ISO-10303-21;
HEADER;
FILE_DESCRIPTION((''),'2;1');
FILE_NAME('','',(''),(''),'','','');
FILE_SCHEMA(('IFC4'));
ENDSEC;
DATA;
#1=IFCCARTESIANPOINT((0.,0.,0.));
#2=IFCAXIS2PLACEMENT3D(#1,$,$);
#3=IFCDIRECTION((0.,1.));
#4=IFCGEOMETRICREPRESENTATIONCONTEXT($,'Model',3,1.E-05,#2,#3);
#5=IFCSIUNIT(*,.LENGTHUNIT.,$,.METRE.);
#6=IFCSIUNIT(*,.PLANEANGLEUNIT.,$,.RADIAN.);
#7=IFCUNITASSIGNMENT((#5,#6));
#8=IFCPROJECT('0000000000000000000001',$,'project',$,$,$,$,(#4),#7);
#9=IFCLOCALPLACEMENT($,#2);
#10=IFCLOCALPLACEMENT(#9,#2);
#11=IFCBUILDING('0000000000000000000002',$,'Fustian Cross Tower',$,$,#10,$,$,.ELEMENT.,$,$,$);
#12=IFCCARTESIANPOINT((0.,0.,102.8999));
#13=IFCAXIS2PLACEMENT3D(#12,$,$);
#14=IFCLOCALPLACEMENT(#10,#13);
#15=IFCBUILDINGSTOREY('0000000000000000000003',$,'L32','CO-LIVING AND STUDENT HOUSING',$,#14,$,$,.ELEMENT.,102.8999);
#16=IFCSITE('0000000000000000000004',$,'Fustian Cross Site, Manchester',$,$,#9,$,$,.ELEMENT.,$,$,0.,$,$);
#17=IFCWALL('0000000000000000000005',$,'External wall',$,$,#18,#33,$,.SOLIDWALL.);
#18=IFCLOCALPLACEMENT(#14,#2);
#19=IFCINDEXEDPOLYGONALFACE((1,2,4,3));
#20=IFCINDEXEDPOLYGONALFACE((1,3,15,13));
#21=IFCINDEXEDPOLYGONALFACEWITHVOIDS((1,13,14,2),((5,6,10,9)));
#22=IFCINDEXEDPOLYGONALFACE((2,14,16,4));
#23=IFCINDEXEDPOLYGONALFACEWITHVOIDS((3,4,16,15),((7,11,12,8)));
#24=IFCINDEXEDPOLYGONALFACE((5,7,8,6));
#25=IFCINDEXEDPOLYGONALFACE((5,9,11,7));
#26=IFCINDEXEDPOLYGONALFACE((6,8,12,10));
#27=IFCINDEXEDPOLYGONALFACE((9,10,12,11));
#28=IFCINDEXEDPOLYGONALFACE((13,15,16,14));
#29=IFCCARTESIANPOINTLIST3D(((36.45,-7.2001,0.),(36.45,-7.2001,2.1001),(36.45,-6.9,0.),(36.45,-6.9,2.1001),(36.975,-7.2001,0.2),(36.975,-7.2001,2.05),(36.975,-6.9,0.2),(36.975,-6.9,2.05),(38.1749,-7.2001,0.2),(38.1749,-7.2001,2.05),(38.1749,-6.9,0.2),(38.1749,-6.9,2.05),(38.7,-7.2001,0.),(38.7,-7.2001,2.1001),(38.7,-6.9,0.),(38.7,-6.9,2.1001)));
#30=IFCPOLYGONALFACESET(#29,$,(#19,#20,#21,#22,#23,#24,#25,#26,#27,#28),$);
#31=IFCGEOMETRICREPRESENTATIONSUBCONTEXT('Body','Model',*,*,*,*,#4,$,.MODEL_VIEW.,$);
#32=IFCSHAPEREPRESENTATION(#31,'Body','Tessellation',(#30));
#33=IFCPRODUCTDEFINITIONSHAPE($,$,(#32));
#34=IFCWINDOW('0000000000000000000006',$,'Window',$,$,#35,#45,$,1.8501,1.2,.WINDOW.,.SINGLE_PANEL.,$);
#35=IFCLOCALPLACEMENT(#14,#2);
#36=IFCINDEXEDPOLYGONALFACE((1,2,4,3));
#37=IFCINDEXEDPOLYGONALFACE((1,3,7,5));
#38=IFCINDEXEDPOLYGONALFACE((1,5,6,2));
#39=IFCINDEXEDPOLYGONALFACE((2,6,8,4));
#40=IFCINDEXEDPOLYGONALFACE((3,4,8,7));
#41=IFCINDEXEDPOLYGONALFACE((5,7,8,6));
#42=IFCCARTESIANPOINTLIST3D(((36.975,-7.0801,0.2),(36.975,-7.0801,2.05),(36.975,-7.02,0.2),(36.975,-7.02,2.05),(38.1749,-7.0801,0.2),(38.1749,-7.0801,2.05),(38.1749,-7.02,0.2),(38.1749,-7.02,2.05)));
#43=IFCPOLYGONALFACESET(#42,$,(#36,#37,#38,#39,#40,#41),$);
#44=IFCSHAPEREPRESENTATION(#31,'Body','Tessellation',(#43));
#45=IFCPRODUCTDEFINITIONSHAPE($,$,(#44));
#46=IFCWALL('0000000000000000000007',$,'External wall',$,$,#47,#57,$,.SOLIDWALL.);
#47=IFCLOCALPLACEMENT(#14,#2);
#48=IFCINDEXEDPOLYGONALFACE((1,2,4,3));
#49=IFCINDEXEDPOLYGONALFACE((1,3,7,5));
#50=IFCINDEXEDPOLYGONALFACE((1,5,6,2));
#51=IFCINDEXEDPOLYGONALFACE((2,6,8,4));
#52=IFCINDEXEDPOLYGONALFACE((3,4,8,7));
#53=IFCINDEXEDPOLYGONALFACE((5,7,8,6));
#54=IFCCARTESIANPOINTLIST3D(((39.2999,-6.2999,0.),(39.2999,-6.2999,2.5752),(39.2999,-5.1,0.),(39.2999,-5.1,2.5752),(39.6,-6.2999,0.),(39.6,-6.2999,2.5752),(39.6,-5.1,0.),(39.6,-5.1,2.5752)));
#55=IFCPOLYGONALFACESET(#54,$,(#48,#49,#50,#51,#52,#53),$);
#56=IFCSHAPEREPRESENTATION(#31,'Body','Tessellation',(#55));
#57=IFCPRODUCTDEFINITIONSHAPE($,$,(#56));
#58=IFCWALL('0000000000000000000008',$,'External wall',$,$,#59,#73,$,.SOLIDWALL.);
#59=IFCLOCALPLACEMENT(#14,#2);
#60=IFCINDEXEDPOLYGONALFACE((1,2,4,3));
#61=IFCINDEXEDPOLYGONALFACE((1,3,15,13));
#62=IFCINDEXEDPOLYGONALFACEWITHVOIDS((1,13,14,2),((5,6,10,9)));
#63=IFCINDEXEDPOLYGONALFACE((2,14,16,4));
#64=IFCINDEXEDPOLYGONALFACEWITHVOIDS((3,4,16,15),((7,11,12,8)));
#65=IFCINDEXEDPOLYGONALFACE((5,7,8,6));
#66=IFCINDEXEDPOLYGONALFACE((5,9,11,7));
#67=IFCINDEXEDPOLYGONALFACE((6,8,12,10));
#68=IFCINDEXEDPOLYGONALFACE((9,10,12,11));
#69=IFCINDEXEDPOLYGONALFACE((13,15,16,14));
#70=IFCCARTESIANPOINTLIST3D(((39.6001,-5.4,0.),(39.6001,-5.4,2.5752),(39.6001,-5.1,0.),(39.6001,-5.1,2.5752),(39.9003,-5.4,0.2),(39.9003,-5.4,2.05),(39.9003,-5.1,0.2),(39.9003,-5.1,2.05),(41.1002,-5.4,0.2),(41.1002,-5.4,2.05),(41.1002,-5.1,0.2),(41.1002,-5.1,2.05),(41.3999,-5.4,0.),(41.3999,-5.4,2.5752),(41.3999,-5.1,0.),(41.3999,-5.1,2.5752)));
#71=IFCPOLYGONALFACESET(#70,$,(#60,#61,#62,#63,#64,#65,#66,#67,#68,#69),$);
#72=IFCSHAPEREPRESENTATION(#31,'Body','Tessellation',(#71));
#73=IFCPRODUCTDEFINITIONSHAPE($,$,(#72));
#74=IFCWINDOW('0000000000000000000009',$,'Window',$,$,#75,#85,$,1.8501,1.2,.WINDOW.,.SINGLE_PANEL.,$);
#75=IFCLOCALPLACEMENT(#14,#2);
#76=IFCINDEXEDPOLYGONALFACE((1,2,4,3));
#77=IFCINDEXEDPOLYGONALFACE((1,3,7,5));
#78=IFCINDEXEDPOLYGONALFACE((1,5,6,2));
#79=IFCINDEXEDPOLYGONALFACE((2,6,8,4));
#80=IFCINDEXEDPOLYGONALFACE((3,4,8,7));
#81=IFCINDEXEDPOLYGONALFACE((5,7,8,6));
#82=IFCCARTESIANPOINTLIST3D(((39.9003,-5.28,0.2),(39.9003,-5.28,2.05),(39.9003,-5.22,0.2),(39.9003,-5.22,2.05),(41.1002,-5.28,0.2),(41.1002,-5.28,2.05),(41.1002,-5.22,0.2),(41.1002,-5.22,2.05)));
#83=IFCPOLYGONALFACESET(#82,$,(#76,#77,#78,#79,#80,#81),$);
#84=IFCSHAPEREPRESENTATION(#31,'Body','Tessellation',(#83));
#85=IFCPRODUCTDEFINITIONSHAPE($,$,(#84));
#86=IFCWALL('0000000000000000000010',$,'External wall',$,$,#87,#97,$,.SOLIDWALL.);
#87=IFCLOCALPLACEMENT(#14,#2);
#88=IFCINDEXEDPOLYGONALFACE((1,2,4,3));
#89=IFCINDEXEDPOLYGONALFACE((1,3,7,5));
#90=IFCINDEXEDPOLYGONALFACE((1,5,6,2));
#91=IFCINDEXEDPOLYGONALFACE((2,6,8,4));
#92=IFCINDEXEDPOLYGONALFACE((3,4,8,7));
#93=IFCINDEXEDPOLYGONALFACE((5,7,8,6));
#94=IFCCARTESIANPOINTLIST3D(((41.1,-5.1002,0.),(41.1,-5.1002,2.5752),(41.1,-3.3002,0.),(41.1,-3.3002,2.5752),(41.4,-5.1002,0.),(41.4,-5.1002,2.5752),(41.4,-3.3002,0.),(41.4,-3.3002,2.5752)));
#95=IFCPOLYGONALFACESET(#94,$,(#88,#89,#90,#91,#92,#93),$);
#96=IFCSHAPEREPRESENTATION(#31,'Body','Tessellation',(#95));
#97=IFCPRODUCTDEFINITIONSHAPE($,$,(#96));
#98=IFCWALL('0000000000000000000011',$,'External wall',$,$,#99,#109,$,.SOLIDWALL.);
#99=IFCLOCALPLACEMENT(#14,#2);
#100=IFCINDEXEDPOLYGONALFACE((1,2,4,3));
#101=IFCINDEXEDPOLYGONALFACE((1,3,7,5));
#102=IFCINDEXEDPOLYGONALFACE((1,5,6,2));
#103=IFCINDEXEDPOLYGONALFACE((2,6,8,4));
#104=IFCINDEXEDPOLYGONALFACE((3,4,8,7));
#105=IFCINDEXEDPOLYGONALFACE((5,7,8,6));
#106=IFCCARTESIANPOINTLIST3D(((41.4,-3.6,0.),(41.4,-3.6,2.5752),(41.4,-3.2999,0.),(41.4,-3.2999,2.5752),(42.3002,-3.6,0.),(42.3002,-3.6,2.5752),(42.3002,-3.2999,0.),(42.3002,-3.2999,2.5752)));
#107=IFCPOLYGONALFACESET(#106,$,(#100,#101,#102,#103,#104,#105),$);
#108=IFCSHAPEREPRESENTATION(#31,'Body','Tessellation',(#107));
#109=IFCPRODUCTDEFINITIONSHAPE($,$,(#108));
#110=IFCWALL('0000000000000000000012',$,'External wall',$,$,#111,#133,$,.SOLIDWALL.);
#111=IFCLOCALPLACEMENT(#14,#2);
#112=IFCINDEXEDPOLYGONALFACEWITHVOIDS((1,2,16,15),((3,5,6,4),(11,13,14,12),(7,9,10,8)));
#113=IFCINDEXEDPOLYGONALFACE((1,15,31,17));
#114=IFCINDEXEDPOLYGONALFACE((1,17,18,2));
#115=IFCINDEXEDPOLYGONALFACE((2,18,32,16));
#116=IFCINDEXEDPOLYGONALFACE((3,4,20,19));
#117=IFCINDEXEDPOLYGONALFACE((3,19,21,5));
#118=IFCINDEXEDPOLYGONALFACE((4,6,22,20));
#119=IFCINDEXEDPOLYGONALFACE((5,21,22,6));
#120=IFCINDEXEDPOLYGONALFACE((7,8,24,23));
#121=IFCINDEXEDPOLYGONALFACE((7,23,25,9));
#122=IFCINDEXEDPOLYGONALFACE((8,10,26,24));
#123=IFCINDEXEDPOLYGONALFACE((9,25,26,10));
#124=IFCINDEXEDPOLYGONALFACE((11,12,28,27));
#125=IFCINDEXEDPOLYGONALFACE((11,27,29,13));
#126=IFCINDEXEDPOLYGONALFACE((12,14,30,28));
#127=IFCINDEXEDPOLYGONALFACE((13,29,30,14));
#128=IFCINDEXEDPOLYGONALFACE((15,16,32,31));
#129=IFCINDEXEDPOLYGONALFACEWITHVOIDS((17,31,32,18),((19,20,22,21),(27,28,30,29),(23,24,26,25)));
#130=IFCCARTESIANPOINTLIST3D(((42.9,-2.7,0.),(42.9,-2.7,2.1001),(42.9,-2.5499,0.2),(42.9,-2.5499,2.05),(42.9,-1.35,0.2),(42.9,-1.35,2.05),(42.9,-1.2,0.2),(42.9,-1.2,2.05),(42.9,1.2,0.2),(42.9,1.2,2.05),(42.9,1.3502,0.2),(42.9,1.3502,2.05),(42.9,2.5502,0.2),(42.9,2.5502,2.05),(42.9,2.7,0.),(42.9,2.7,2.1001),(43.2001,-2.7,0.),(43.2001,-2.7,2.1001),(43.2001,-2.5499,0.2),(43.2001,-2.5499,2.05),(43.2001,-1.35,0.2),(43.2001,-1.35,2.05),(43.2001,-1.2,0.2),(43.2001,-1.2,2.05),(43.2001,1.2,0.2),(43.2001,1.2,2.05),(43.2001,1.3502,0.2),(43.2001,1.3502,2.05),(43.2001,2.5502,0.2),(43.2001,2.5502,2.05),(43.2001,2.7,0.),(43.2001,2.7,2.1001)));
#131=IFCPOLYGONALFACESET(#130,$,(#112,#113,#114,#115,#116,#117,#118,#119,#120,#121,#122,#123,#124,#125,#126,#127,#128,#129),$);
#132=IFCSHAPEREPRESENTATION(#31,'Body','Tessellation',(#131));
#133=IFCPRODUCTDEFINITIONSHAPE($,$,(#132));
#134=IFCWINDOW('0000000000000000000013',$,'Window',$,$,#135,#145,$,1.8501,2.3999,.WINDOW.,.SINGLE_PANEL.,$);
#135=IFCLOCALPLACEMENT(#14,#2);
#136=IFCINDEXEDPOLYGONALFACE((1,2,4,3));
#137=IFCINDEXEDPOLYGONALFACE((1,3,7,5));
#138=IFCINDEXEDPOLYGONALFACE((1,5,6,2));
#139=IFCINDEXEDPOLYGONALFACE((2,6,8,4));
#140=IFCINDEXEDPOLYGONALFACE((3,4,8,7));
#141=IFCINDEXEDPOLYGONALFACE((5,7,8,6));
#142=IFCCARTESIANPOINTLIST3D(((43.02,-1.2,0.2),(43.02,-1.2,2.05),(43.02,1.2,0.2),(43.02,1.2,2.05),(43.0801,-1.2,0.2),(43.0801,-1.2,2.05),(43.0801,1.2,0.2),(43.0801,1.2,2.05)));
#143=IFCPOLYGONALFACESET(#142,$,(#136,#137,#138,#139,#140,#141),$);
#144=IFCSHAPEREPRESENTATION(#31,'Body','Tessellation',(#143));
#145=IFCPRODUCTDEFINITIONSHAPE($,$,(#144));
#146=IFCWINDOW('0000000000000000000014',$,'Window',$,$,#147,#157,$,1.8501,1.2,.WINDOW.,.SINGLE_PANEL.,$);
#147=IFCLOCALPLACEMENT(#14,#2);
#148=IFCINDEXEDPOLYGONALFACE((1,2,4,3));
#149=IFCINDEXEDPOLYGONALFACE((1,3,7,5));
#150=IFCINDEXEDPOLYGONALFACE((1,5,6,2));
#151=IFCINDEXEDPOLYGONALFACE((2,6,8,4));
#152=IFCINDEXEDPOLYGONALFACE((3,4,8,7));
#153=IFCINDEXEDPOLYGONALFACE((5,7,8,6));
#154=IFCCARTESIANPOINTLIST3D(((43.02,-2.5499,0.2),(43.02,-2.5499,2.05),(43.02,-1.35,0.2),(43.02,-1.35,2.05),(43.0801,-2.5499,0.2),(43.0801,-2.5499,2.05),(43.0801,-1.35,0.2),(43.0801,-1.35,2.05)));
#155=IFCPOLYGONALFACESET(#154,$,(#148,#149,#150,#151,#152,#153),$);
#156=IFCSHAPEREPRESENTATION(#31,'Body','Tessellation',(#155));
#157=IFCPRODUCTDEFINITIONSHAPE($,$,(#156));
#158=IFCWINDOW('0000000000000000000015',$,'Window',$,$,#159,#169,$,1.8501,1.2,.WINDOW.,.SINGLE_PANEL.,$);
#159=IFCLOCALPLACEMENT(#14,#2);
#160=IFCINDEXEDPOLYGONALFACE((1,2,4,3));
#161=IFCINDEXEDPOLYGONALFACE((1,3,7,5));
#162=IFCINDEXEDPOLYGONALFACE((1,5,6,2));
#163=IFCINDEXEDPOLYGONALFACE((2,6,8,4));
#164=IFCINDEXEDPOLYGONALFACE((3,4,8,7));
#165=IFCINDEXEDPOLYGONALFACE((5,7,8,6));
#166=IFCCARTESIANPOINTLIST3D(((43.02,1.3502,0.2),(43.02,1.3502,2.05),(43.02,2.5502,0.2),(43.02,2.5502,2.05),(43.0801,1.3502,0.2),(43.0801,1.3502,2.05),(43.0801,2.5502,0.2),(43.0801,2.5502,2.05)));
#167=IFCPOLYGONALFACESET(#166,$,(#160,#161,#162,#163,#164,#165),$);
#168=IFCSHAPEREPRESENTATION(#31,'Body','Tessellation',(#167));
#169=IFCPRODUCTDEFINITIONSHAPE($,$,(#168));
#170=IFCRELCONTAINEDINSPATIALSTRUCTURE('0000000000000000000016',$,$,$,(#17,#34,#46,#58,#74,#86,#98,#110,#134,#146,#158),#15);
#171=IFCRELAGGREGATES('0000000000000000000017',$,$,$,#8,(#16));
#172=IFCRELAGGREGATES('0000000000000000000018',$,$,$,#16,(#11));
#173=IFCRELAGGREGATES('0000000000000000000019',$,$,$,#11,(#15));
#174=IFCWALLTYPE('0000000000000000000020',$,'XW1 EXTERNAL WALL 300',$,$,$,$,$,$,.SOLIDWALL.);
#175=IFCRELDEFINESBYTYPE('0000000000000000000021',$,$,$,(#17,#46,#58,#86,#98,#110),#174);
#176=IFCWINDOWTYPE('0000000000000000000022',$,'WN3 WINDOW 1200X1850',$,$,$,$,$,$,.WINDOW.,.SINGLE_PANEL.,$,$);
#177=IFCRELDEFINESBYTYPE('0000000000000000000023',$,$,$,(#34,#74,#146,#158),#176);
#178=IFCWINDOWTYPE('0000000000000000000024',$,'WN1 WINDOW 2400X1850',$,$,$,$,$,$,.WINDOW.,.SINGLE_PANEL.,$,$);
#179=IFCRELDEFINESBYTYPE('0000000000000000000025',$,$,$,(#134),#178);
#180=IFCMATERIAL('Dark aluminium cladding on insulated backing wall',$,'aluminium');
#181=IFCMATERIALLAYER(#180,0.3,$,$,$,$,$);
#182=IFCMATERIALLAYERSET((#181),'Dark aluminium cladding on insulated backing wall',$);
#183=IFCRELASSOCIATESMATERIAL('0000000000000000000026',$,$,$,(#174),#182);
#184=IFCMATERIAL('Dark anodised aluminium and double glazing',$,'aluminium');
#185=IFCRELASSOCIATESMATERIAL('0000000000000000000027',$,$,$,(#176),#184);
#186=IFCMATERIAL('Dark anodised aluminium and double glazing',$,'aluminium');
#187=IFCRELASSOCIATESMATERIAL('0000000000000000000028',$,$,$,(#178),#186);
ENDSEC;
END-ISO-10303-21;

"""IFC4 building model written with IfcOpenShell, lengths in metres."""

from ifc_helpers import new_model, si_unit, direction, frame, frame_2d, origin, place, context, subcontext, project, spatial, rectangle, extrude, material, layer, layer_set, type_object, element, fill, save


model = new_model("IFC4")

# Units and contexts
model_context = context("Model", 3, precision=1e-05, world=origin(), true_north=direction((0.0, 1.0)))
body_context = subcontext(model_context, "Body", "Model", "MODEL_VIEW")
ifc_project = project(units=[si_unit("LENGTHUNIT", "METRE"), si_unit("PLANEANGLEUNIT", "RADIAN")], contexts=[model_context])

# Site, building, storey
site_placement = place(None, origin())
site = spatial("IfcSite", under=ifc_project, at=site_placement, Name="Fustian Cross Site, Manchester", CompositionType="ELEMENT", RefElevation=0.0)
building_placement = place(site_placement, origin())
building = spatial("IfcBuilding", under=site, at=building_placement, Name="Fustian Cross Tower", CompositionType="ELEMENT")
storey_placement = place(building_placement, frame((0.0, 0.0, 102.8999)))
storey = spatial("IfcBuildingStorey", under=building, at=storey_placement, Name="L32", Description="CO-LIVING AND STUDENT HOUSING", CompositionType="ELEMENT", Elevation=102.8999)

# Wall, opening, window
ifc_material_1 = material(Name="Dark aluminium cladding on insulated backing wall", Category="aluminium")
ifc_layer = layer(ifc_material_1, 0.3)
ifc_layer_set = layer_set([ifc_layer], Name="Dark aluminium cladding on insulated backing wall")
wall_type = type_object("IfcWallType", Name="XW1 EXTERNAL WALL 300", PredefinedType="SOLIDWALL", material=ifc_layer_set)
wall_1_placement = place(storey_placement, frame((36.45, -7.05, 0.0), z_axis=(0.0, 0.0, 1.0), x_axis=(1.0, 0.0, 0.0)))
wall_1 = element("IfcWall", 1, at=wall_1_placement, inside=storey, type_object=wall_type, Name="External wall", PredefinedType="SOLIDWALL", context=body_context, shape_type="SweptSolid", body=[
    extrude(rectangle(XDim=2.25, YDim=0.3, at=frame_2d((1.125, 0.0))), origin(), (0.0, 0.0, 1.0), 2.1001),
])
opening_1_placement = place(wall_1_placement, frame((0.5249, 0.0, 0.2)))
opening_1 = element("IfcOpeningElement", 2, at=opening_1_placement, cuts=wall_1, PredefinedType="OPENING", context=body_context, shape_type="SweptSolid", body=[
    extrude(rectangle(XDim=1.2, YDim=1.8501, at=frame_2d((0.6001, 0.925))), frame((0.0, 0.1599, 0.0), z_axis=(0.0, -1.0, 0.0), x_axis=(1.0, 0.0, 0.0)), (0.0, 0.0, 1.0), 0.3201),
])
ifc_material_2 = material(Name="Dark anodised aluminium and double glazing", Category="aluminium")
window_type_1 = type_object("IfcWindowType", Name="WN3 WINDOW 1200X1850", PartitioningType="SINGLE_PANEL", PredefinedType="WINDOW", material=ifc_material_2)
window_1_placement = place(opening_1_placement, origin())
window_1 = element("IfcWindow", 3, at=window_1_placement, inside=storey, type_object=window_type_1, Name="Window", OverallHeight=1.8501, OverallWidth=1.2, PartitioningType="SINGLE_PANEL", PredefinedType="WINDOW", context=body_context, shape_type="SweptSolid", body=[
    extrude(rectangle(XDim=1.2, YDim=1.8501, at=frame_2d((0.6001, 0.925))), frame((0.0, 0.03, 0.0), z_axis=(0.0, -1.0, 0.0), x_axis=(1.0, 0.0, 0.0)), (0.0, 0.0, 1.0), 0.0601),
])
fill(opening_1, window_1)

# Wall
wall_2_placement = place(storey_placement, frame((39.45, -6.3, 0.0), z_axis=(0.0, 0.0, 1.0), x_axis=(0.0, 1.0, 0.0)))
element("IfcWall", 4, at=wall_2_placement, inside=storey, type_object=wall_type, Name="External wall", PredefinedType="SOLIDWALL", context=body_context, shape_type="SweptSolid", body=[
    extrude(rectangle(XDim=1.2, YDim=0.3, at=frame_2d((0.6001, 0.0))), origin(), (0.0, 0.0, 1.0), 2.5752),
])

# Wall, opening, window
wall_3_placement = place(storey_placement, frame((39.6001, -5.25, 0.0), z_axis=(0.0, 0.0, 1.0), x_axis=(1.0, 0.0, 0.0)))
wall_3 = element("IfcWall", 5, at=wall_3_placement, inside=storey, type_object=wall_type, Name="External wall", PredefinedType="SOLIDWALL", context=body_context, shape_type="SweptSolid", body=[
    extrude(rectangle(XDim=1.7998, YDim=0.3, at=frame_2d((0.8999, 0.0))), origin(), (0.0, 0.0, 1.0), 2.5752),
])
opening_2_placement = place(wall_3_placement, frame((0.3, 0.0, 0.2)))
opening_2 = element("IfcOpeningElement", 6, at=opening_2_placement, cuts=wall_3, PredefinedType="OPENING", context=body_context, shape_type="SweptSolid", body=[
    extrude(rectangle(XDim=1.2, YDim=1.8501, at=frame_2d((0.6001, 0.925))), frame((0.0, 0.1599, 0.0), z_axis=(0.0, -1.0, 0.0), x_axis=(1.0, 0.0, 0.0)), (0.0, 0.0, 1.0), 0.3201),
])
window_2_placement = place(opening_2_placement, origin())
window_2 = element("IfcWindow", 7, at=window_2_placement, inside=storey, type_object=window_type_1, Name="Window", OverallHeight=1.8501, OverallWidth=1.2, PartitioningType="SINGLE_PANEL", PredefinedType="WINDOW", context=body_context, shape_type="SweptSolid", body=[
    extrude(rectangle(XDim=1.2, YDim=1.8501, at=frame_2d((0.6001, 0.925))), frame((0.0, 0.03, 0.0), z_axis=(0.0, -1.0, 0.0), x_axis=(1.0, 0.0, 0.0)), (0.0, 0.0, 1.0), 0.0601),
])
fill(opening_2, window_2)

# Walls
wall_4_placement = place(storey_placement, frame((41.25, -5.1001, 0.0), z_axis=(0.0, 0.0, 1.0), x_axis=(0.0, 1.0, 0.0)))
element("IfcWall", 8, at=wall_4_placement, inside=storey, type_object=wall_type, Name="External wall", PredefinedType="SOLIDWALL", context=body_context, shape_type="SweptSolid", body=[
    extrude(rectangle(XDim=1.8, YDim=0.3, at=frame_2d((0.8999, 0.0))), origin(), (0.0, 0.0, 1.0), 2.5752),
])
wall_5_placement = place(storey_placement, frame((41.3999, -3.45, 0.0), z_axis=(0.0, 0.0, 1.0), x_axis=(1.0, 0.0, 0.0)))
element("IfcWall", 9, at=wall_5_placement, inside=storey, type_object=wall_type, Name="External wall", PredefinedType="SOLIDWALL", context=body_context, shape_type="SweptSolid", body=[
    extrude(rectangle(XDim=0.9001, YDim=0.3, at=frame_2d((0.4502, 0.0))), origin(), (0.0, 0.0, 1.0), 2.5752),
])

# Wall, openings, windows
wall_6_placement = place(storey_placement, frame((43.05, -2.7, 0.0), z_axis=(0.0, 0.0, 1.0), x_axis=(0.0, 1.0, 0.0)))
wall_6 = element("IfcWall", 10, at=wall_6_placement, inside=storey, type_object=wall_type, Name="External wall", PredefinedType="SOLIDWALL", context=body_context, shape_type="SweptSolid", body=[
    extrude(rectangle(XDim=5.3999, YDim=0.3, at=frame_2d((2.7, 0.0))), origin(), (0.0, 0.0, 1.0), 2.1001),
])
opening_3_placement = place(wall_6_placement, frame((1.5, 0.0, 0.2)))
opening_3 = element("IfcOpeningElement", 11, at=opening_3_placement, cuts=wall_6, PredefinedType="OPENING", context=body_context, shape_type="SweptSolid", body=[
    extrude(rectangle(XDim=2.3999, YDim=1.8501, at=frame_2d((1.2, 0.925))), frame((0.0, 0.1599, 0.0), z_axis=(0.0, -1.0, 0.0), x_axis=(1.0, 0.0, 0.0)), (0.0, 0.0, 1.0), 0.3201),
])
opening_4_placement = place(wall_6_placement, frame((0.1499, 0.0, 0.2)))
opening_4 = element("IfcOpeningElement", 12, at=opening_4_placement, cuts=wall_6, PredefinedType="OPENING", context=body_context, shape_type="SweptSolid", body=[
    extrude(rectangle(XDim=1.2, YDim=1.8501, at=frame_2d((0.6001, 0.925))), frame((0.0, 0.1599, 0.0), z_axis=(0.0, -1.0, 0.0), x_axis=(1.0, 0.0, 0.0)), (0.0, 0.0, 1.0), 0.3201),
])
opening_5_placement = place(wall_6_placement, frame((4.05, 0.0, 0.2)))
opening_5 = element("IfcOpeningElement", 13, at=opening_5_placement, cuts=wall_6, PredefinedType="OPENING", context=body_context, shape_type="SweptSolid", body=[
    extrude(rectangle(XDim=1.2, YDim=1.8501, at=frame_2d((0.6001, 0.925))), frame((0.0, 0.1599, 0.0), z_axis=(0.0, -1.0, 0.0), x_axis=(1.0, 0.0, 0.0)), (0.0, 0.0, 1.0), 0.3201),
])
ifc_material_3 = material(Name="Dark anodised aluminium and double glazing", Category="aluminium")
window_type_2 = type_object("IfcWindowType", Name="WN1 WINDOW 2400X1850", PartitioningType="SINGLE_PANEL", PredefinedType="WINDOW", material=ifc_material_3)
window_3_placement = place(opening_3_placement, origin())
window_3 = element("IfcWindow", 14, at=window_3_placement, inside=storey, type_object=window_type_2, Name="Window", OverallHeight=1.8501, OverallWidth=2.3999, PartitioningType="SINGLE_PANEL", PredefinedType="WINDOW", context=body_context, shape_type="SweptSolid", body=[
    extrude(rectangle(XDim=2.3999, YDim=1.8501, at=frame_2d((1.2, 0.925))), frame((0.0, 0.03, 0.0), z_axis=(0.0, -1.0, 0.0), x_axis=(1.0, 0.0, 0.0)), (0.0, 0.0, 1.0), 0.0601),
])
fill(opening_3, window_3)
window_4_placement = place(opening_4_placement, origin())
window_4 = element("IfcWindow", 15, at=window_4_placement, inside=storey, type_object=window_type_1, Name="Window", OverallHeight=1.8501, OverallWidth=1.2, PartitioningType="SINGLE_PANEL", PredefinedType="WINDOW", context=body_context, shape_type="SweptSolid", body=[
    extrude(rectangle(XDim=1.2, YDim=1.8501, at=frame_2d((0.6001, 0.925))), frame((0.0, 0.03, 0.0), z_axis=(0.0, -1.0, 0.0), x_axis=(1.0, 0.0, 0.0)), (0.0, 0.0, 1.0), 0.0601),
])
fill(opening_4, window_4)
window_5_placement = place(opening_5_placement, origin())
window_5 = element("IfcWindow", 16, at=window_5_placement, inside=storey, type_object=window_type_1, Name="Window", OverallHeight=1.8501, OverallWidth=1.2, PartitioningType="SINGLE_PANEL", PredefinedType="WINDOW", context=body_context, shape_type="SweptSolid", body=[
    extrude(rectangle(XDim=1.2, YDim=1.8501, at=frame_2d((0.6001, 0.925))), frame((0.0, 0.03, 0.0), z_axis=(0.0, -1.0, 0.0), x_axis=(1.0, 0.0, 0.0)), (0.0, 0.0, 1.0), 0.0601),
])
fill(opening_5, window_5)

save(model, "model.ifc")
